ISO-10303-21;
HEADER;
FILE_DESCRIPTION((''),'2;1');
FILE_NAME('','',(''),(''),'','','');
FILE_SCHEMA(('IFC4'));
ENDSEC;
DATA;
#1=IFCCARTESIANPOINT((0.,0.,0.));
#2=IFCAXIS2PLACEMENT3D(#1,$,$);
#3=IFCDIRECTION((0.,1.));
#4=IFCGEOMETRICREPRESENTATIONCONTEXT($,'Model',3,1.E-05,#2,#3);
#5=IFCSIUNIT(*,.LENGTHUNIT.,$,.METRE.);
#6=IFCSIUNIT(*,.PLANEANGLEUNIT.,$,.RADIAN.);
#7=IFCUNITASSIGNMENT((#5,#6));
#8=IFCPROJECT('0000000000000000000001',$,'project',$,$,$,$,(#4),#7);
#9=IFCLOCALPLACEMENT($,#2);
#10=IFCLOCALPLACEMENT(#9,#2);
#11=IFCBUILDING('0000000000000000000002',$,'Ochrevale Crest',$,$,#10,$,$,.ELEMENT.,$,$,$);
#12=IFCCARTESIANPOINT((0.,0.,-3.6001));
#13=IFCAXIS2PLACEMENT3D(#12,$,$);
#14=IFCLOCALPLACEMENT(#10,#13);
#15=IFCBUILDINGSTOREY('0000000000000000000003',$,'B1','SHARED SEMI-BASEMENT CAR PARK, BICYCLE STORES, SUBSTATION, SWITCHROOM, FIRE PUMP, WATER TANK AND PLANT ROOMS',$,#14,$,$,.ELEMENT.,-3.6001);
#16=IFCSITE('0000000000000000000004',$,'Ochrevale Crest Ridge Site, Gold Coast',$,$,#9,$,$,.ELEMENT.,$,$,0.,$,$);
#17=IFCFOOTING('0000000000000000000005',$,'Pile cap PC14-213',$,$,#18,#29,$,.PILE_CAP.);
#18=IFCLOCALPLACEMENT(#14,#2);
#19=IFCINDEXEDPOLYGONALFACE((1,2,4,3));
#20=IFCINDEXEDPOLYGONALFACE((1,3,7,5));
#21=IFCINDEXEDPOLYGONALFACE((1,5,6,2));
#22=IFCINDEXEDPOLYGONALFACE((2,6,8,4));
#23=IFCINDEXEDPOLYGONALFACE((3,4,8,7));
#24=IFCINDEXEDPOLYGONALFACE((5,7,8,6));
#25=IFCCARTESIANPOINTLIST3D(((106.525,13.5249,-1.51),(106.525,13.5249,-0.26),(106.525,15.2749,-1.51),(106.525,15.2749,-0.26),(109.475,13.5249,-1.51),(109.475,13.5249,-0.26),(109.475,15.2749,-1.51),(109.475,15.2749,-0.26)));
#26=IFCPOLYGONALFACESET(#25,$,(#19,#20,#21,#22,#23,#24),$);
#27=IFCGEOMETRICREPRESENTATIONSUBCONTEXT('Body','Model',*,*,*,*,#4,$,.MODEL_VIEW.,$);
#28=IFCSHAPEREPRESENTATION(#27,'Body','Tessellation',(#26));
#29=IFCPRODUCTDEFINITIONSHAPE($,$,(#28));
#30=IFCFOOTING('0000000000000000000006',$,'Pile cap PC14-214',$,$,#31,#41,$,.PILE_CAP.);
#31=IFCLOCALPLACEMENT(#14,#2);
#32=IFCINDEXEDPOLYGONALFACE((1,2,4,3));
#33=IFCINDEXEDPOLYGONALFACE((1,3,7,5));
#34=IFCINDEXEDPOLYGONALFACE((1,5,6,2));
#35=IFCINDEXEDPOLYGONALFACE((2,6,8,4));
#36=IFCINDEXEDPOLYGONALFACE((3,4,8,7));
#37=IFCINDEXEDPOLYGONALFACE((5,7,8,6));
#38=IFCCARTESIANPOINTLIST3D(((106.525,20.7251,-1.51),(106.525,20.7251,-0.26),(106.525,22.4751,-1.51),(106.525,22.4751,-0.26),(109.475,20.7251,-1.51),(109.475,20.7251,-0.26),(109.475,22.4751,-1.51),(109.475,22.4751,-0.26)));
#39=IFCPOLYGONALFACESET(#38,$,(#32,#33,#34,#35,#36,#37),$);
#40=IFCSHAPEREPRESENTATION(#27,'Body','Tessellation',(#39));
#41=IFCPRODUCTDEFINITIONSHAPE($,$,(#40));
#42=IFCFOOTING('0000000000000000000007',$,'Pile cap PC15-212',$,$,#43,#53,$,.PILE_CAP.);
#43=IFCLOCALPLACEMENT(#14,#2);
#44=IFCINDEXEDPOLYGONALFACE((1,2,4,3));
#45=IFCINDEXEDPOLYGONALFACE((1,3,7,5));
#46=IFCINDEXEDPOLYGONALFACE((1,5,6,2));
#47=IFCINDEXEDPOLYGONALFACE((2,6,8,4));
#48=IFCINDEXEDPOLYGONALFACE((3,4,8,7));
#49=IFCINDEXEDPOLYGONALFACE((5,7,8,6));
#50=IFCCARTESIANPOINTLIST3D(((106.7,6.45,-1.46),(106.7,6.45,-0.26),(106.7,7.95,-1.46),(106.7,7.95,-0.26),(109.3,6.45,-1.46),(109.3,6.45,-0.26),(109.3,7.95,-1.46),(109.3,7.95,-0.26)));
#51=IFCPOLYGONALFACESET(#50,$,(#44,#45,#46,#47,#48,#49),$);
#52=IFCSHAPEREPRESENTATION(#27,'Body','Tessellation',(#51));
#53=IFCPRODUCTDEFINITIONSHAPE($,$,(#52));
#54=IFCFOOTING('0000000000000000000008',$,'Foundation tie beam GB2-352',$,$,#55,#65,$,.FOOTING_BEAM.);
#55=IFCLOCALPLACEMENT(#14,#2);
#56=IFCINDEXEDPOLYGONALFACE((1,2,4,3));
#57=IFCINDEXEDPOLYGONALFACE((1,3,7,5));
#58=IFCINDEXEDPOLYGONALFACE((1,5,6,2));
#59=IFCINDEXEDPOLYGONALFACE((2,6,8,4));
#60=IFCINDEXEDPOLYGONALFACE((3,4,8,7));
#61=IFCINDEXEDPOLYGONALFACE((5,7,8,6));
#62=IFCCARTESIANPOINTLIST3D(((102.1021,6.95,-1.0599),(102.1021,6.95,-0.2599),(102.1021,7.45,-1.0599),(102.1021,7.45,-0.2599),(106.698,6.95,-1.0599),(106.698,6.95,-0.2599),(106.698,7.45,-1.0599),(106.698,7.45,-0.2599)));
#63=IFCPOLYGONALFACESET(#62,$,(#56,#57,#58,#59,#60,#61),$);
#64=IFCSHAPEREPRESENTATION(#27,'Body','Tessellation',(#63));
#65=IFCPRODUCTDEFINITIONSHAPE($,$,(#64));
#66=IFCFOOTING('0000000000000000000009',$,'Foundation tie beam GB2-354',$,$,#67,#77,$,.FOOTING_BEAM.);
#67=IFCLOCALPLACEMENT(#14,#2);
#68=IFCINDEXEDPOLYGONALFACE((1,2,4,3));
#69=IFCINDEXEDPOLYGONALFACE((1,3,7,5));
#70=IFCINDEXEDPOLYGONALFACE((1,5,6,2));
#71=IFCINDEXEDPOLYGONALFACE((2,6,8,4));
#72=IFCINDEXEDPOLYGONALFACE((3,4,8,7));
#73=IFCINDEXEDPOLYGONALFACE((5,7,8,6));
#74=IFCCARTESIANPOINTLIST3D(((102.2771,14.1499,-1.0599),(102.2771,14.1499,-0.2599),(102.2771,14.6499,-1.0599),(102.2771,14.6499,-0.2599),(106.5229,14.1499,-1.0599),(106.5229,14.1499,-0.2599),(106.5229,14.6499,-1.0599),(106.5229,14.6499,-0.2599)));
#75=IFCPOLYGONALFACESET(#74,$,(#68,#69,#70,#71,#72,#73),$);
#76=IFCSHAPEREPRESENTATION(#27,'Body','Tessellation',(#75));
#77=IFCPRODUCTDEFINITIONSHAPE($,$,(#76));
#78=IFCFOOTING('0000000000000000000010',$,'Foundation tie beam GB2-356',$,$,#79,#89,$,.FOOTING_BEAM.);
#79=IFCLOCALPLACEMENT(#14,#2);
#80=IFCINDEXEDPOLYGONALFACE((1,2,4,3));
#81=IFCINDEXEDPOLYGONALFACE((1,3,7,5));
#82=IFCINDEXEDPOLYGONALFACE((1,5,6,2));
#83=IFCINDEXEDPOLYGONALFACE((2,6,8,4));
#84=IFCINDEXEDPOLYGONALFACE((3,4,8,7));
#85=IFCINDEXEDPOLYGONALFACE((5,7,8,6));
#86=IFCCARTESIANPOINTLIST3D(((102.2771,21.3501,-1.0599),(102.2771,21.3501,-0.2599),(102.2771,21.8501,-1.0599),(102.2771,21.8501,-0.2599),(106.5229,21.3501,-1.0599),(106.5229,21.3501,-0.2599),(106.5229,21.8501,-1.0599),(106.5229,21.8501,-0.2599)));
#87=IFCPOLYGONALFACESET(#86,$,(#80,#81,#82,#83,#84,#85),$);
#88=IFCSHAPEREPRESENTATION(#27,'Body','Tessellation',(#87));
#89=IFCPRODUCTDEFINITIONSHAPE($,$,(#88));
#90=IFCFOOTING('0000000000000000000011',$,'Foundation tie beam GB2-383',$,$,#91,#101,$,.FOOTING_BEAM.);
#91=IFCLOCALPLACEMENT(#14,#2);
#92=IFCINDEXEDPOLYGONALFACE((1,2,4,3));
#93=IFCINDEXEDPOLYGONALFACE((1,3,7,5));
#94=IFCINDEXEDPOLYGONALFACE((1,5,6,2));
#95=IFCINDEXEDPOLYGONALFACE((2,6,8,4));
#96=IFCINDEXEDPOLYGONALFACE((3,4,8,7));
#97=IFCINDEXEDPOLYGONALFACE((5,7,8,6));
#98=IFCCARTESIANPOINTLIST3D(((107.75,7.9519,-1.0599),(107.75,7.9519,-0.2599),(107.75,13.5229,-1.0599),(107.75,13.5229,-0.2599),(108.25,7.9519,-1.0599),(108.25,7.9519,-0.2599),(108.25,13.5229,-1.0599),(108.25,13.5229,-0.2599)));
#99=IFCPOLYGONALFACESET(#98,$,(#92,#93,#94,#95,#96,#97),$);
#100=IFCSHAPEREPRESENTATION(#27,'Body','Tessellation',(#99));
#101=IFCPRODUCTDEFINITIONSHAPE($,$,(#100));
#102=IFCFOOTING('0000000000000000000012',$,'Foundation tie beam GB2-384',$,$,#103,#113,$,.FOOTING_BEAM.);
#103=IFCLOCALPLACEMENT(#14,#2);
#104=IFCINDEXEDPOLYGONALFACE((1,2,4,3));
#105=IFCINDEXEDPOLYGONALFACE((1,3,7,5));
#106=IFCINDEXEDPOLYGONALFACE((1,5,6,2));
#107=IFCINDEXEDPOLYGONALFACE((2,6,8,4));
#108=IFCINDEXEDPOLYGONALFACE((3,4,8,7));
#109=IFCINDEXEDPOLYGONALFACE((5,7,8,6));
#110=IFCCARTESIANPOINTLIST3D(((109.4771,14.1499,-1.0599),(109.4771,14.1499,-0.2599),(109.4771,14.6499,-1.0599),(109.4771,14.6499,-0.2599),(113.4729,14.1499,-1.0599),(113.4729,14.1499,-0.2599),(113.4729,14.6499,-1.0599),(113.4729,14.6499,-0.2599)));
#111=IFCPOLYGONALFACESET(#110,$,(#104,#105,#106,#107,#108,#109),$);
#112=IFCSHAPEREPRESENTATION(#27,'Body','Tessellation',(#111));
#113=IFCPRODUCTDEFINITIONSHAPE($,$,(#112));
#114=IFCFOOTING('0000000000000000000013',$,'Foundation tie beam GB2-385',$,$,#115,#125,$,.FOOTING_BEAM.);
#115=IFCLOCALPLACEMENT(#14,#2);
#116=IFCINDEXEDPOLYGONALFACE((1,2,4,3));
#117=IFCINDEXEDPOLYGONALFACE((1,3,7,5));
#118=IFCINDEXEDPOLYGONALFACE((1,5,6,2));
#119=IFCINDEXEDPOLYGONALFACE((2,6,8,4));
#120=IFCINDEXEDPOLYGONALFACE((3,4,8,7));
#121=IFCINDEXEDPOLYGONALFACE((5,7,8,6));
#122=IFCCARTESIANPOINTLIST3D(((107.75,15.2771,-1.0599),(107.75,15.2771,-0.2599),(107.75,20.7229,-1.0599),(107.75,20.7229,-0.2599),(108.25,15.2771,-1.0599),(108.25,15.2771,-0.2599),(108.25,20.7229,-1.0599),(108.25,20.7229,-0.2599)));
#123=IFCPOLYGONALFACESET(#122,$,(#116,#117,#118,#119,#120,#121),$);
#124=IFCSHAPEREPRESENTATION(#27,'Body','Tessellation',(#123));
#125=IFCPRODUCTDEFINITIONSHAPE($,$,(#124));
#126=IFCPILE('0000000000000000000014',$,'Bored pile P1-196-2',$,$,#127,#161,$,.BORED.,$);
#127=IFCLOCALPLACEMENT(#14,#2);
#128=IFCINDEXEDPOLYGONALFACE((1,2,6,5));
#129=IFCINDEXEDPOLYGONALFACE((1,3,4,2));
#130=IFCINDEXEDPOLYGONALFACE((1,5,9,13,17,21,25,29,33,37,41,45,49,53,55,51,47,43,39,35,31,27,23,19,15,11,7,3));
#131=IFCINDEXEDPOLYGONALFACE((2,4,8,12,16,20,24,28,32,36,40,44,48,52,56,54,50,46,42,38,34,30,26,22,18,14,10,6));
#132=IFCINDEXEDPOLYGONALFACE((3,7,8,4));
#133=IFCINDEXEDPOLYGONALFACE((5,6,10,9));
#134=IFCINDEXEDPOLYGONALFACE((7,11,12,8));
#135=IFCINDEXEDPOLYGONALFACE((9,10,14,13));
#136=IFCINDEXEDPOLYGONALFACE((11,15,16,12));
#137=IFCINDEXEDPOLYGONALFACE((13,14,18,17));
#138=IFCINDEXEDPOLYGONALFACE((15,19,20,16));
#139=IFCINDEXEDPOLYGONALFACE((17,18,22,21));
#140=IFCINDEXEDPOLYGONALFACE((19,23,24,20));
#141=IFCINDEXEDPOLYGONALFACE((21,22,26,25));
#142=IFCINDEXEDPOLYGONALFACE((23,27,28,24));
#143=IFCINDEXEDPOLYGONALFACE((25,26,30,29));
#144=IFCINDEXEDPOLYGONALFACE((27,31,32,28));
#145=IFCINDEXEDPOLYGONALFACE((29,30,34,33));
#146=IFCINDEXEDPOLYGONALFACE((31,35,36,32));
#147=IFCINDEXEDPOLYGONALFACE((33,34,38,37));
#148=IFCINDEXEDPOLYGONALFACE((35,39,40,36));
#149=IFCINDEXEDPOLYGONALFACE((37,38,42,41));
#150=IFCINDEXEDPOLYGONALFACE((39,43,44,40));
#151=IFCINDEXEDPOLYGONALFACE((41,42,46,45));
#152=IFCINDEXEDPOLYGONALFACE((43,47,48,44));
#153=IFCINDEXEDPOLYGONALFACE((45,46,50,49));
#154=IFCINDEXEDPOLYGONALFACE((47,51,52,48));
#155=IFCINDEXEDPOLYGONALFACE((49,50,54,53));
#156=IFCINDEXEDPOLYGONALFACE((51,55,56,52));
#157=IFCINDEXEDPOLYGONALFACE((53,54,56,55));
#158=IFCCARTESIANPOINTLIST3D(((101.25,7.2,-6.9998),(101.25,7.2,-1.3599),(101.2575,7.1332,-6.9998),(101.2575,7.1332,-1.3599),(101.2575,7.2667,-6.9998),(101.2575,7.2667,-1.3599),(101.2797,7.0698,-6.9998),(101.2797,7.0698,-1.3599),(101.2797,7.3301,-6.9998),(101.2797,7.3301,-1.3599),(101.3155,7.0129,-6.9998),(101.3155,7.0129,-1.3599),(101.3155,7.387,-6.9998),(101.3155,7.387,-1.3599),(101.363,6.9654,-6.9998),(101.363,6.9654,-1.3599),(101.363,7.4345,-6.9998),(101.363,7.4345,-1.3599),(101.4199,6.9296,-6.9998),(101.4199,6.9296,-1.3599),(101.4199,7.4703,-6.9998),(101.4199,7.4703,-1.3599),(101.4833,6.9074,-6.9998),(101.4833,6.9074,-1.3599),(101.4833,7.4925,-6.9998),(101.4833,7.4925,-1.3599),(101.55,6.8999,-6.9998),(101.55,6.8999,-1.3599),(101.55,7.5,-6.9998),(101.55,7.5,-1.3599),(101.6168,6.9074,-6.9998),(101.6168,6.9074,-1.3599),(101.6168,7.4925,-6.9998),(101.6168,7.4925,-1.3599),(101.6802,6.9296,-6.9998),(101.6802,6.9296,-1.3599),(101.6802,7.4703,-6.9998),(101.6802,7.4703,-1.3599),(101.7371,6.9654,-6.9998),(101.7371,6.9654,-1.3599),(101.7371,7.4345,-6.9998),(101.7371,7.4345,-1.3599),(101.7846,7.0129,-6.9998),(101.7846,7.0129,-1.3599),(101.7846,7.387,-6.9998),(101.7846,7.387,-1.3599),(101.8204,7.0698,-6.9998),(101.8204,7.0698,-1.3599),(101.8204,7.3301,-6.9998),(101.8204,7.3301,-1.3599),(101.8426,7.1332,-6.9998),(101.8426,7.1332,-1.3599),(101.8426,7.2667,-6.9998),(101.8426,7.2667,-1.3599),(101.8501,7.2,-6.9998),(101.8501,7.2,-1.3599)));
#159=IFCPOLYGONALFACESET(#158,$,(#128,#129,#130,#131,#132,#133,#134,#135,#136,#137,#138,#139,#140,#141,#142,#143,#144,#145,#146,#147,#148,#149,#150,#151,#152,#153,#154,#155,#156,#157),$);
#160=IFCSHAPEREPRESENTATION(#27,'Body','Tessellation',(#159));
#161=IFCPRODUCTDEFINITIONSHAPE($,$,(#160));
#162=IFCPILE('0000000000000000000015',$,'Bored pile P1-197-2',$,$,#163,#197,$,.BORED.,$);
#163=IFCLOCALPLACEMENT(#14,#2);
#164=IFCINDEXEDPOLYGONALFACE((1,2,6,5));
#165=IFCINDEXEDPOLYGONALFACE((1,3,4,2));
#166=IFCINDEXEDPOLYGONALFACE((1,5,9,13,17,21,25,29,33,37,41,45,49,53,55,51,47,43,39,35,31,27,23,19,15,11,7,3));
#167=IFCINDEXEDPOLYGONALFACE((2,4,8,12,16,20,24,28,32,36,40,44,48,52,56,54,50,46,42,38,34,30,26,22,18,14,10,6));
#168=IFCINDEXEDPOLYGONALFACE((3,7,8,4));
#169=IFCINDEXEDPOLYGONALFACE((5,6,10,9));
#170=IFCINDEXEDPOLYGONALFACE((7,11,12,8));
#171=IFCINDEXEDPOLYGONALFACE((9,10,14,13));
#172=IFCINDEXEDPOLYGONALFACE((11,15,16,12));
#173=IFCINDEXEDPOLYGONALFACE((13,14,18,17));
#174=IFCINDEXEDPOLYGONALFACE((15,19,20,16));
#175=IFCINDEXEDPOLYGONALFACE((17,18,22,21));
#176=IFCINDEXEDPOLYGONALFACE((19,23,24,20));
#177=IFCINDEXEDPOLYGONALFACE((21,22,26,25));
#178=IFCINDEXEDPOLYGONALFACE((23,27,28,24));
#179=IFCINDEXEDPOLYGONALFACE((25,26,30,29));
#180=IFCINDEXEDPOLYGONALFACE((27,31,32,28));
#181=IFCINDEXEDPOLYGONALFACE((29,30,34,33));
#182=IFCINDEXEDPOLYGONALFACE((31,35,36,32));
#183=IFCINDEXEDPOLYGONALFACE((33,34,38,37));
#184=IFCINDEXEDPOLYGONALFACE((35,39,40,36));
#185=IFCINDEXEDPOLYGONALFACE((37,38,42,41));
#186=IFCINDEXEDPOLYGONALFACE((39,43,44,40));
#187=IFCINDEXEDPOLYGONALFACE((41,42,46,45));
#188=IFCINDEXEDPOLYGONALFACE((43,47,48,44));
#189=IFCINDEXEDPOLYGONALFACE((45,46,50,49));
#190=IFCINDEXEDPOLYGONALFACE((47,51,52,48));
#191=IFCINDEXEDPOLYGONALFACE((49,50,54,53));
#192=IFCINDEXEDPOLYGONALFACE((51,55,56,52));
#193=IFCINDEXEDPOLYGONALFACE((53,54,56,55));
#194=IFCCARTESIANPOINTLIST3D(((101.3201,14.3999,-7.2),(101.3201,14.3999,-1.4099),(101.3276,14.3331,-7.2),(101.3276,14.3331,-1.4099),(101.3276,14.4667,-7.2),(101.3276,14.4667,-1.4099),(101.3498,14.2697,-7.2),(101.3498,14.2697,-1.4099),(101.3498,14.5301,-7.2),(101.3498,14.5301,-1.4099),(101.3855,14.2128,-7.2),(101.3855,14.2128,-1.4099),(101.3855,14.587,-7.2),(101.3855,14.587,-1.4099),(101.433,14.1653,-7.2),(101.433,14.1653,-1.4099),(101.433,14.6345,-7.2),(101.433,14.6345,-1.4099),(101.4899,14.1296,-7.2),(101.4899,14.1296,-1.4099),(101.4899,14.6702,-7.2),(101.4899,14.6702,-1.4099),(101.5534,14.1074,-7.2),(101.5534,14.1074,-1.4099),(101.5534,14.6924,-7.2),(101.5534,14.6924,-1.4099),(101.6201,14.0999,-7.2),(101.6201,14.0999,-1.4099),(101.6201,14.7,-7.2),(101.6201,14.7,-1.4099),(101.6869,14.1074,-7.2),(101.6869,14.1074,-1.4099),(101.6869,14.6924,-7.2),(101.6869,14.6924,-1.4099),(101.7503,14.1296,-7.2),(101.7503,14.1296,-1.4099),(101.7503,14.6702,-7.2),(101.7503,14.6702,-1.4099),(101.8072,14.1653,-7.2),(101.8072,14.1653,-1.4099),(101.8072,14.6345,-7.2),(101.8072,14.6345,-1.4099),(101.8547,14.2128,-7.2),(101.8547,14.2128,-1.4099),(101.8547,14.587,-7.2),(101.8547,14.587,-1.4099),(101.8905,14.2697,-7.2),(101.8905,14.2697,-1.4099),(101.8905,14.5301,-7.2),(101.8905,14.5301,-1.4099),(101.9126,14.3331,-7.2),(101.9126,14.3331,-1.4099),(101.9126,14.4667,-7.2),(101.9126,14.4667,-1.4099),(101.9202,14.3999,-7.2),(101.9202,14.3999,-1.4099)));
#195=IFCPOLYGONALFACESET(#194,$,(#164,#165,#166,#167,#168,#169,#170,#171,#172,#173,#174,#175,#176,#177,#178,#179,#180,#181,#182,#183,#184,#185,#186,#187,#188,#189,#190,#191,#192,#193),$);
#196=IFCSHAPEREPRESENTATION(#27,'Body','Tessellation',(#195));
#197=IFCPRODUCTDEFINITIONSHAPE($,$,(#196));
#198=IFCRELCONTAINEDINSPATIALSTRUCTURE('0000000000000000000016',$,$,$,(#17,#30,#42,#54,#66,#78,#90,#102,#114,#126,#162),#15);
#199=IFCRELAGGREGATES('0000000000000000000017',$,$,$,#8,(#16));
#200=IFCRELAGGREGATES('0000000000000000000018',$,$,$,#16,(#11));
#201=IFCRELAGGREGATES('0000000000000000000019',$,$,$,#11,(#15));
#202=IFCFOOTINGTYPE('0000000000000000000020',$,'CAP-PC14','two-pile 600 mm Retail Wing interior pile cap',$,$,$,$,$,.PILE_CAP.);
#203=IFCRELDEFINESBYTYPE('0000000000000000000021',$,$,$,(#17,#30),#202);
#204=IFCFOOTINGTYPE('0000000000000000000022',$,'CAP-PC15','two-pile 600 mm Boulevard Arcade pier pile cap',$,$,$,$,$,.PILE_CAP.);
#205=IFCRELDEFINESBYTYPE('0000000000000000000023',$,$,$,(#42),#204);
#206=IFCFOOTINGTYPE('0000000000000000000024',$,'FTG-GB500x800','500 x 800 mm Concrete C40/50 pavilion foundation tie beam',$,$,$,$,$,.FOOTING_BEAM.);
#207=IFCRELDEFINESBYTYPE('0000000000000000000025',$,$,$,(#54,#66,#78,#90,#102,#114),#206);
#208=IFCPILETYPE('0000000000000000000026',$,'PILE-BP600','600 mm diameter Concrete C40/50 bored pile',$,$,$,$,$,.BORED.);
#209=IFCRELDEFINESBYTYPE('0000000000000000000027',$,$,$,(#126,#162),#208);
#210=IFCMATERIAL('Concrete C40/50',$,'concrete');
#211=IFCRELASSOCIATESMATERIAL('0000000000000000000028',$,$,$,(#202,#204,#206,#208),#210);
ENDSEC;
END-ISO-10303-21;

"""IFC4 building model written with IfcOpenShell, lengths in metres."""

from ifc_helpers import new_model, si_unit, direction, frame, origin, origin_2d, place, context, subcontext, project, spatial, rectangle, circle, extrude, material, material_profile, profile_set, type_object, element, save


model = new_model("IFC4")

# Units and contexts
model_context = context("Model", 3, precision=1e-05, world=origin(), true_north=direction((0.0, 1.0)))
body_context = subcontext(model_context, "Body", "Model", "MODEL_VIEW")
ifc_project = project(units=[si_unit("LENGTHUNIT", "METRE"), si_unit("PLANEANGLEUNIT", "RADIAN")], contexts=[model_context])

# Site, building, storey
site_placement = place(None, origin())
site = spatial("IfcSite", under=ifc_project, at=site_placement, Name="Ochrevale Crest Ridge Site, Gold Coast", CompositionType="ELEMENT", RefElevation=0.0)
building_placement = place(site_placement, origin())
building = spatial("IfcBuilding", under=site, at=building_placement, Name="Ochrevale Crest", CompositionType="ELEMENT")
storey_placement = place(building_placement, frame((0.0, 0.0, -3.6001)))
storey = spatial("IfcBuildingStorey", under=building, at=storey_placement, Name="B1", Description="SHARED SEMI-BASEMENT CAR PARK, BICYCLE STORES, SUBSTATION, SWITCHROOM, FIRE PUMP, WATER TANK AND PLANT ROOMS", CompositionType="ELEMENT", Elevation=-3.6001)

# Footings
ifc_material_1 = material(Name="Concrete C40/50", Category="concrete")
footing_type_1 = type_object("IfcFootingType", Name="CAP-PC14", Description="two-pile 600 mm Retail Wing interior pile cap", PredefinedType="PILE_CAP", material=ifc_material_1)
for number, where, z_axis, x_axis, name in (
    (1, (108.0, 14.3999, -1.51), (0.0, 0.0, 1.0), (1.0, 0.0, 0.0), "Pile cap PC14-213"),
    (2, (108.0, 21.6001, -1.51), (0.0, 0.0, 1.0), (1.0, 0.0, 0.0), "Pile cap PC14-214"),
):
    element("IfcFooting", number, at=place(storey_placement, frame(where, z_axis=z_axis, x_axis=x_axis)), inside=storey, type_object=footing_type_1, Name=name, PredefinedType="PILE_CAP", context=body_context, shape_type="SweptSolid", body=[
        extrude(rectangle(XDim=2.95, YDim=1.75, at=origin_2d()), origin(), (0.0, 0.0, 1.0), 1.25),
    ])
footing_type_2 = type_object("IfcFootingType", Name="CAP-PC15", Description="two-pile 600 mm Boulevard Arcade pier pile cap", PredefinedType="PILE_CAP", material=ifc_material_1)
footing_1_placement = place(storey_placement, frame((108.0, 7.2, -1.46), z_axis=(0.0, 0.0, 1.0), x_axis=(1.0, 0.0, 0.0)))
element("IfcFooting", 3, at=footing_1_placement, inside=storey, type_object=footing_type_2, Name="Pile cap PC15-212", PredefinedType="PILE_CAP", context=body_context, shape_type="SweptSolid", body=[
    extrude(rectangle(XDim=2.6001, YDim=1.5, at=origin_2d()), origin(), (0.0, 0.0, 1.0), 1.2),
])
ifc_material_profile_1 = material_profile(ifc_material_1, rectangle(XDim=0.5, YDim=0.8, at=origin_2d()), Name="GB 500x800")
ifc_profile_set_1 = profile_set([ifc_material_profile_1], Name="Concrete C40/50")
footing_type_3 = type_object("IfcFootingType", Name="FTG-GB500x800", Description="500 x 800 mm Concrete C40/50 pavilion foundation tie beam", PredefinedType="FOOTING_BEAM", material=ifc_profile_set_1)
footing_2_placement = place(storey_placement, frame((102.1021, 7.2, -0.6599), z_axis=(1.0, 0.0, 0.0), x_axis=(0.0, 1.0, 0.0)))
element("IfcFooting", 4, at=footing_2_placement, inside=storey, type_object=footing_type_3, Name="Foundation tie beam GB2-352", PredefinedType="FOOTING_BEAM", context=body_context, shape_type="SweptSolid", body=[
    extrude(rectangle(XDim=0.5, YDim=0.8, at=origin_2d()), origin(), (0.0, 0.0, 1.0), 4.5959),
])
for number, where, z_axis, x_axis, name in (
    (5, (102.2771, 14.3999, -0.6599), (1.0, 0.0, 0.0), (0.0, 1.0, 0.0), "Foundation tie beam GB2-354"),
    (6, (102.2771, 21.6001, -0.6599), (1.0, 0.0, 0.0), (0.0, 1.0, 0.0), "Foundation tie beam GB2-356"),
):
    element("IfcFooting", number, at=place(storey_placement, frame(where, z_axis=z_axis, x_axis=x_axis)), inside=storey, type_object=footing_type_3, Name=name, PredefinedType="FOOTING_BEAM", context=body_context, shape_type="SweptSolid", body=[
        extrude(rectangle(XDim=0.5, YDim=0.8, at=origin_2d()), origin(), (0.0, 0.0, 1.0), 4.2458),
    ])
footing_3_placement = place(storey_placement, frame((108.0, 7.9519, -0.6599), z_axis=(0.0, 1.0, 0.0), x_axis=(-1.0, 0.0, 0.0)))
element("IfcFooting", 7, at=footing_3_placement, inside=storey, type_object=footing_type_3, Name="Foundation tie beam GB2-383", PredefinedType="FOOTING_BEAM", context=body_context, shape_type="SweptSolid", body=[
    extrude(rectangle(XDim=0.5, YDim=0.8, at=origin_2d()), origin(), (0.0, 0.0, 1.0), 5.571),
])
footing_4_placement = place(storey_placement, frame((109.4771, 14.3999, -0.6599), z_axis=(1.0, 0.0, 0.0), x_axis=(0.0, 1.0, 0.0)))
element("IfcFooting", 8, at=footing_4_placement, inside=storey, type_object=footing_type_3, Name="Foundation tie beam GB2-384", PredefinedType="FOOTING_BEAM", context=body_context, shape_type="SweptSolid", body=[
    extrude(rectangle(XDim=0.5, YDim=0.8, at=origin_2d()), origin(), (0.0, 0.0, 1.0), 3.9958),
])
footing_5_placement = place(storey_placement, frame((108.0, 15.2771, -0.6599), z_axis=(0.0, 1.0, 0.0), x_axis=(-1.0, 0.0, 0.0)))
element("IfcFooting", 9, at=footing_5_placement, inside=storey, type_object=footing_type_3, Name="Foundation tie beam GB2-385", PredefinedType="FOOTING_BEAM", context=body_context, shape_type="SweptSolid", body=[
    extrude(rectangle(XDim=0.5, YDim=0.8, at=origin_2d()), origin(), (0.0, 0.0, 1.0), 5.4458),
])

# Piles
ifc_material_profile_2 = material_profile(ifc_material_1, circle(Radius=0.3, at=origin_2d()), Name="BORED PILE 600")
ifc_profile_set_2 = profile_set([ifc_material_profile_2], Name="Concrete C40/50")
pile_type = type_object("IfcPileType", Name="PILE-BP600", Description="600 mm diameter Concrete C40/50 bored pile", PredefinedType="BORED", material=ifc_profile_set_2)
pile_placement = place(storey_placement, frame((101.55, 7.2, -1.3599), z_axis=(0.0, 0.0, -1.0), x_axis=(1.0, 0.0, 0.0)))
element("IfcPile", 10, at=pile_placement, inside=storey, type_object=pile_type, Name="Bored pile P1-196-2", PredefinedType="BORED", context=body_context, shape_type="SweptSolid", body=[
    extrude(circle(Radius=0.3, at=origin_2d()), origin(), (0.0, 0.0, 1.0), 5.6399),
])
for number, where, z_axis, x_axis, name in (
    (11, (101.6201, 14.3999, -1.4099), (0.0, 0.0, -1.0), (1.0, 0.0, 0.0), "Bored pile P1-197-2"),
):
    element("IfcPile", number, at=place(storey_placement, frame(where, z_axis=z_axis, x_axis=x_axis)), inside=storey, type_object=pile_type, Name=name, PredefinedType="BORED", context=body_context, shape_type="SweptSolid", body=[
        extrude(circle(Radius=0.3, at=origin_2d()), origin(), (0.0, 0.0, 1.0), 5.79),
    ])

save(model, "model.ifc")
